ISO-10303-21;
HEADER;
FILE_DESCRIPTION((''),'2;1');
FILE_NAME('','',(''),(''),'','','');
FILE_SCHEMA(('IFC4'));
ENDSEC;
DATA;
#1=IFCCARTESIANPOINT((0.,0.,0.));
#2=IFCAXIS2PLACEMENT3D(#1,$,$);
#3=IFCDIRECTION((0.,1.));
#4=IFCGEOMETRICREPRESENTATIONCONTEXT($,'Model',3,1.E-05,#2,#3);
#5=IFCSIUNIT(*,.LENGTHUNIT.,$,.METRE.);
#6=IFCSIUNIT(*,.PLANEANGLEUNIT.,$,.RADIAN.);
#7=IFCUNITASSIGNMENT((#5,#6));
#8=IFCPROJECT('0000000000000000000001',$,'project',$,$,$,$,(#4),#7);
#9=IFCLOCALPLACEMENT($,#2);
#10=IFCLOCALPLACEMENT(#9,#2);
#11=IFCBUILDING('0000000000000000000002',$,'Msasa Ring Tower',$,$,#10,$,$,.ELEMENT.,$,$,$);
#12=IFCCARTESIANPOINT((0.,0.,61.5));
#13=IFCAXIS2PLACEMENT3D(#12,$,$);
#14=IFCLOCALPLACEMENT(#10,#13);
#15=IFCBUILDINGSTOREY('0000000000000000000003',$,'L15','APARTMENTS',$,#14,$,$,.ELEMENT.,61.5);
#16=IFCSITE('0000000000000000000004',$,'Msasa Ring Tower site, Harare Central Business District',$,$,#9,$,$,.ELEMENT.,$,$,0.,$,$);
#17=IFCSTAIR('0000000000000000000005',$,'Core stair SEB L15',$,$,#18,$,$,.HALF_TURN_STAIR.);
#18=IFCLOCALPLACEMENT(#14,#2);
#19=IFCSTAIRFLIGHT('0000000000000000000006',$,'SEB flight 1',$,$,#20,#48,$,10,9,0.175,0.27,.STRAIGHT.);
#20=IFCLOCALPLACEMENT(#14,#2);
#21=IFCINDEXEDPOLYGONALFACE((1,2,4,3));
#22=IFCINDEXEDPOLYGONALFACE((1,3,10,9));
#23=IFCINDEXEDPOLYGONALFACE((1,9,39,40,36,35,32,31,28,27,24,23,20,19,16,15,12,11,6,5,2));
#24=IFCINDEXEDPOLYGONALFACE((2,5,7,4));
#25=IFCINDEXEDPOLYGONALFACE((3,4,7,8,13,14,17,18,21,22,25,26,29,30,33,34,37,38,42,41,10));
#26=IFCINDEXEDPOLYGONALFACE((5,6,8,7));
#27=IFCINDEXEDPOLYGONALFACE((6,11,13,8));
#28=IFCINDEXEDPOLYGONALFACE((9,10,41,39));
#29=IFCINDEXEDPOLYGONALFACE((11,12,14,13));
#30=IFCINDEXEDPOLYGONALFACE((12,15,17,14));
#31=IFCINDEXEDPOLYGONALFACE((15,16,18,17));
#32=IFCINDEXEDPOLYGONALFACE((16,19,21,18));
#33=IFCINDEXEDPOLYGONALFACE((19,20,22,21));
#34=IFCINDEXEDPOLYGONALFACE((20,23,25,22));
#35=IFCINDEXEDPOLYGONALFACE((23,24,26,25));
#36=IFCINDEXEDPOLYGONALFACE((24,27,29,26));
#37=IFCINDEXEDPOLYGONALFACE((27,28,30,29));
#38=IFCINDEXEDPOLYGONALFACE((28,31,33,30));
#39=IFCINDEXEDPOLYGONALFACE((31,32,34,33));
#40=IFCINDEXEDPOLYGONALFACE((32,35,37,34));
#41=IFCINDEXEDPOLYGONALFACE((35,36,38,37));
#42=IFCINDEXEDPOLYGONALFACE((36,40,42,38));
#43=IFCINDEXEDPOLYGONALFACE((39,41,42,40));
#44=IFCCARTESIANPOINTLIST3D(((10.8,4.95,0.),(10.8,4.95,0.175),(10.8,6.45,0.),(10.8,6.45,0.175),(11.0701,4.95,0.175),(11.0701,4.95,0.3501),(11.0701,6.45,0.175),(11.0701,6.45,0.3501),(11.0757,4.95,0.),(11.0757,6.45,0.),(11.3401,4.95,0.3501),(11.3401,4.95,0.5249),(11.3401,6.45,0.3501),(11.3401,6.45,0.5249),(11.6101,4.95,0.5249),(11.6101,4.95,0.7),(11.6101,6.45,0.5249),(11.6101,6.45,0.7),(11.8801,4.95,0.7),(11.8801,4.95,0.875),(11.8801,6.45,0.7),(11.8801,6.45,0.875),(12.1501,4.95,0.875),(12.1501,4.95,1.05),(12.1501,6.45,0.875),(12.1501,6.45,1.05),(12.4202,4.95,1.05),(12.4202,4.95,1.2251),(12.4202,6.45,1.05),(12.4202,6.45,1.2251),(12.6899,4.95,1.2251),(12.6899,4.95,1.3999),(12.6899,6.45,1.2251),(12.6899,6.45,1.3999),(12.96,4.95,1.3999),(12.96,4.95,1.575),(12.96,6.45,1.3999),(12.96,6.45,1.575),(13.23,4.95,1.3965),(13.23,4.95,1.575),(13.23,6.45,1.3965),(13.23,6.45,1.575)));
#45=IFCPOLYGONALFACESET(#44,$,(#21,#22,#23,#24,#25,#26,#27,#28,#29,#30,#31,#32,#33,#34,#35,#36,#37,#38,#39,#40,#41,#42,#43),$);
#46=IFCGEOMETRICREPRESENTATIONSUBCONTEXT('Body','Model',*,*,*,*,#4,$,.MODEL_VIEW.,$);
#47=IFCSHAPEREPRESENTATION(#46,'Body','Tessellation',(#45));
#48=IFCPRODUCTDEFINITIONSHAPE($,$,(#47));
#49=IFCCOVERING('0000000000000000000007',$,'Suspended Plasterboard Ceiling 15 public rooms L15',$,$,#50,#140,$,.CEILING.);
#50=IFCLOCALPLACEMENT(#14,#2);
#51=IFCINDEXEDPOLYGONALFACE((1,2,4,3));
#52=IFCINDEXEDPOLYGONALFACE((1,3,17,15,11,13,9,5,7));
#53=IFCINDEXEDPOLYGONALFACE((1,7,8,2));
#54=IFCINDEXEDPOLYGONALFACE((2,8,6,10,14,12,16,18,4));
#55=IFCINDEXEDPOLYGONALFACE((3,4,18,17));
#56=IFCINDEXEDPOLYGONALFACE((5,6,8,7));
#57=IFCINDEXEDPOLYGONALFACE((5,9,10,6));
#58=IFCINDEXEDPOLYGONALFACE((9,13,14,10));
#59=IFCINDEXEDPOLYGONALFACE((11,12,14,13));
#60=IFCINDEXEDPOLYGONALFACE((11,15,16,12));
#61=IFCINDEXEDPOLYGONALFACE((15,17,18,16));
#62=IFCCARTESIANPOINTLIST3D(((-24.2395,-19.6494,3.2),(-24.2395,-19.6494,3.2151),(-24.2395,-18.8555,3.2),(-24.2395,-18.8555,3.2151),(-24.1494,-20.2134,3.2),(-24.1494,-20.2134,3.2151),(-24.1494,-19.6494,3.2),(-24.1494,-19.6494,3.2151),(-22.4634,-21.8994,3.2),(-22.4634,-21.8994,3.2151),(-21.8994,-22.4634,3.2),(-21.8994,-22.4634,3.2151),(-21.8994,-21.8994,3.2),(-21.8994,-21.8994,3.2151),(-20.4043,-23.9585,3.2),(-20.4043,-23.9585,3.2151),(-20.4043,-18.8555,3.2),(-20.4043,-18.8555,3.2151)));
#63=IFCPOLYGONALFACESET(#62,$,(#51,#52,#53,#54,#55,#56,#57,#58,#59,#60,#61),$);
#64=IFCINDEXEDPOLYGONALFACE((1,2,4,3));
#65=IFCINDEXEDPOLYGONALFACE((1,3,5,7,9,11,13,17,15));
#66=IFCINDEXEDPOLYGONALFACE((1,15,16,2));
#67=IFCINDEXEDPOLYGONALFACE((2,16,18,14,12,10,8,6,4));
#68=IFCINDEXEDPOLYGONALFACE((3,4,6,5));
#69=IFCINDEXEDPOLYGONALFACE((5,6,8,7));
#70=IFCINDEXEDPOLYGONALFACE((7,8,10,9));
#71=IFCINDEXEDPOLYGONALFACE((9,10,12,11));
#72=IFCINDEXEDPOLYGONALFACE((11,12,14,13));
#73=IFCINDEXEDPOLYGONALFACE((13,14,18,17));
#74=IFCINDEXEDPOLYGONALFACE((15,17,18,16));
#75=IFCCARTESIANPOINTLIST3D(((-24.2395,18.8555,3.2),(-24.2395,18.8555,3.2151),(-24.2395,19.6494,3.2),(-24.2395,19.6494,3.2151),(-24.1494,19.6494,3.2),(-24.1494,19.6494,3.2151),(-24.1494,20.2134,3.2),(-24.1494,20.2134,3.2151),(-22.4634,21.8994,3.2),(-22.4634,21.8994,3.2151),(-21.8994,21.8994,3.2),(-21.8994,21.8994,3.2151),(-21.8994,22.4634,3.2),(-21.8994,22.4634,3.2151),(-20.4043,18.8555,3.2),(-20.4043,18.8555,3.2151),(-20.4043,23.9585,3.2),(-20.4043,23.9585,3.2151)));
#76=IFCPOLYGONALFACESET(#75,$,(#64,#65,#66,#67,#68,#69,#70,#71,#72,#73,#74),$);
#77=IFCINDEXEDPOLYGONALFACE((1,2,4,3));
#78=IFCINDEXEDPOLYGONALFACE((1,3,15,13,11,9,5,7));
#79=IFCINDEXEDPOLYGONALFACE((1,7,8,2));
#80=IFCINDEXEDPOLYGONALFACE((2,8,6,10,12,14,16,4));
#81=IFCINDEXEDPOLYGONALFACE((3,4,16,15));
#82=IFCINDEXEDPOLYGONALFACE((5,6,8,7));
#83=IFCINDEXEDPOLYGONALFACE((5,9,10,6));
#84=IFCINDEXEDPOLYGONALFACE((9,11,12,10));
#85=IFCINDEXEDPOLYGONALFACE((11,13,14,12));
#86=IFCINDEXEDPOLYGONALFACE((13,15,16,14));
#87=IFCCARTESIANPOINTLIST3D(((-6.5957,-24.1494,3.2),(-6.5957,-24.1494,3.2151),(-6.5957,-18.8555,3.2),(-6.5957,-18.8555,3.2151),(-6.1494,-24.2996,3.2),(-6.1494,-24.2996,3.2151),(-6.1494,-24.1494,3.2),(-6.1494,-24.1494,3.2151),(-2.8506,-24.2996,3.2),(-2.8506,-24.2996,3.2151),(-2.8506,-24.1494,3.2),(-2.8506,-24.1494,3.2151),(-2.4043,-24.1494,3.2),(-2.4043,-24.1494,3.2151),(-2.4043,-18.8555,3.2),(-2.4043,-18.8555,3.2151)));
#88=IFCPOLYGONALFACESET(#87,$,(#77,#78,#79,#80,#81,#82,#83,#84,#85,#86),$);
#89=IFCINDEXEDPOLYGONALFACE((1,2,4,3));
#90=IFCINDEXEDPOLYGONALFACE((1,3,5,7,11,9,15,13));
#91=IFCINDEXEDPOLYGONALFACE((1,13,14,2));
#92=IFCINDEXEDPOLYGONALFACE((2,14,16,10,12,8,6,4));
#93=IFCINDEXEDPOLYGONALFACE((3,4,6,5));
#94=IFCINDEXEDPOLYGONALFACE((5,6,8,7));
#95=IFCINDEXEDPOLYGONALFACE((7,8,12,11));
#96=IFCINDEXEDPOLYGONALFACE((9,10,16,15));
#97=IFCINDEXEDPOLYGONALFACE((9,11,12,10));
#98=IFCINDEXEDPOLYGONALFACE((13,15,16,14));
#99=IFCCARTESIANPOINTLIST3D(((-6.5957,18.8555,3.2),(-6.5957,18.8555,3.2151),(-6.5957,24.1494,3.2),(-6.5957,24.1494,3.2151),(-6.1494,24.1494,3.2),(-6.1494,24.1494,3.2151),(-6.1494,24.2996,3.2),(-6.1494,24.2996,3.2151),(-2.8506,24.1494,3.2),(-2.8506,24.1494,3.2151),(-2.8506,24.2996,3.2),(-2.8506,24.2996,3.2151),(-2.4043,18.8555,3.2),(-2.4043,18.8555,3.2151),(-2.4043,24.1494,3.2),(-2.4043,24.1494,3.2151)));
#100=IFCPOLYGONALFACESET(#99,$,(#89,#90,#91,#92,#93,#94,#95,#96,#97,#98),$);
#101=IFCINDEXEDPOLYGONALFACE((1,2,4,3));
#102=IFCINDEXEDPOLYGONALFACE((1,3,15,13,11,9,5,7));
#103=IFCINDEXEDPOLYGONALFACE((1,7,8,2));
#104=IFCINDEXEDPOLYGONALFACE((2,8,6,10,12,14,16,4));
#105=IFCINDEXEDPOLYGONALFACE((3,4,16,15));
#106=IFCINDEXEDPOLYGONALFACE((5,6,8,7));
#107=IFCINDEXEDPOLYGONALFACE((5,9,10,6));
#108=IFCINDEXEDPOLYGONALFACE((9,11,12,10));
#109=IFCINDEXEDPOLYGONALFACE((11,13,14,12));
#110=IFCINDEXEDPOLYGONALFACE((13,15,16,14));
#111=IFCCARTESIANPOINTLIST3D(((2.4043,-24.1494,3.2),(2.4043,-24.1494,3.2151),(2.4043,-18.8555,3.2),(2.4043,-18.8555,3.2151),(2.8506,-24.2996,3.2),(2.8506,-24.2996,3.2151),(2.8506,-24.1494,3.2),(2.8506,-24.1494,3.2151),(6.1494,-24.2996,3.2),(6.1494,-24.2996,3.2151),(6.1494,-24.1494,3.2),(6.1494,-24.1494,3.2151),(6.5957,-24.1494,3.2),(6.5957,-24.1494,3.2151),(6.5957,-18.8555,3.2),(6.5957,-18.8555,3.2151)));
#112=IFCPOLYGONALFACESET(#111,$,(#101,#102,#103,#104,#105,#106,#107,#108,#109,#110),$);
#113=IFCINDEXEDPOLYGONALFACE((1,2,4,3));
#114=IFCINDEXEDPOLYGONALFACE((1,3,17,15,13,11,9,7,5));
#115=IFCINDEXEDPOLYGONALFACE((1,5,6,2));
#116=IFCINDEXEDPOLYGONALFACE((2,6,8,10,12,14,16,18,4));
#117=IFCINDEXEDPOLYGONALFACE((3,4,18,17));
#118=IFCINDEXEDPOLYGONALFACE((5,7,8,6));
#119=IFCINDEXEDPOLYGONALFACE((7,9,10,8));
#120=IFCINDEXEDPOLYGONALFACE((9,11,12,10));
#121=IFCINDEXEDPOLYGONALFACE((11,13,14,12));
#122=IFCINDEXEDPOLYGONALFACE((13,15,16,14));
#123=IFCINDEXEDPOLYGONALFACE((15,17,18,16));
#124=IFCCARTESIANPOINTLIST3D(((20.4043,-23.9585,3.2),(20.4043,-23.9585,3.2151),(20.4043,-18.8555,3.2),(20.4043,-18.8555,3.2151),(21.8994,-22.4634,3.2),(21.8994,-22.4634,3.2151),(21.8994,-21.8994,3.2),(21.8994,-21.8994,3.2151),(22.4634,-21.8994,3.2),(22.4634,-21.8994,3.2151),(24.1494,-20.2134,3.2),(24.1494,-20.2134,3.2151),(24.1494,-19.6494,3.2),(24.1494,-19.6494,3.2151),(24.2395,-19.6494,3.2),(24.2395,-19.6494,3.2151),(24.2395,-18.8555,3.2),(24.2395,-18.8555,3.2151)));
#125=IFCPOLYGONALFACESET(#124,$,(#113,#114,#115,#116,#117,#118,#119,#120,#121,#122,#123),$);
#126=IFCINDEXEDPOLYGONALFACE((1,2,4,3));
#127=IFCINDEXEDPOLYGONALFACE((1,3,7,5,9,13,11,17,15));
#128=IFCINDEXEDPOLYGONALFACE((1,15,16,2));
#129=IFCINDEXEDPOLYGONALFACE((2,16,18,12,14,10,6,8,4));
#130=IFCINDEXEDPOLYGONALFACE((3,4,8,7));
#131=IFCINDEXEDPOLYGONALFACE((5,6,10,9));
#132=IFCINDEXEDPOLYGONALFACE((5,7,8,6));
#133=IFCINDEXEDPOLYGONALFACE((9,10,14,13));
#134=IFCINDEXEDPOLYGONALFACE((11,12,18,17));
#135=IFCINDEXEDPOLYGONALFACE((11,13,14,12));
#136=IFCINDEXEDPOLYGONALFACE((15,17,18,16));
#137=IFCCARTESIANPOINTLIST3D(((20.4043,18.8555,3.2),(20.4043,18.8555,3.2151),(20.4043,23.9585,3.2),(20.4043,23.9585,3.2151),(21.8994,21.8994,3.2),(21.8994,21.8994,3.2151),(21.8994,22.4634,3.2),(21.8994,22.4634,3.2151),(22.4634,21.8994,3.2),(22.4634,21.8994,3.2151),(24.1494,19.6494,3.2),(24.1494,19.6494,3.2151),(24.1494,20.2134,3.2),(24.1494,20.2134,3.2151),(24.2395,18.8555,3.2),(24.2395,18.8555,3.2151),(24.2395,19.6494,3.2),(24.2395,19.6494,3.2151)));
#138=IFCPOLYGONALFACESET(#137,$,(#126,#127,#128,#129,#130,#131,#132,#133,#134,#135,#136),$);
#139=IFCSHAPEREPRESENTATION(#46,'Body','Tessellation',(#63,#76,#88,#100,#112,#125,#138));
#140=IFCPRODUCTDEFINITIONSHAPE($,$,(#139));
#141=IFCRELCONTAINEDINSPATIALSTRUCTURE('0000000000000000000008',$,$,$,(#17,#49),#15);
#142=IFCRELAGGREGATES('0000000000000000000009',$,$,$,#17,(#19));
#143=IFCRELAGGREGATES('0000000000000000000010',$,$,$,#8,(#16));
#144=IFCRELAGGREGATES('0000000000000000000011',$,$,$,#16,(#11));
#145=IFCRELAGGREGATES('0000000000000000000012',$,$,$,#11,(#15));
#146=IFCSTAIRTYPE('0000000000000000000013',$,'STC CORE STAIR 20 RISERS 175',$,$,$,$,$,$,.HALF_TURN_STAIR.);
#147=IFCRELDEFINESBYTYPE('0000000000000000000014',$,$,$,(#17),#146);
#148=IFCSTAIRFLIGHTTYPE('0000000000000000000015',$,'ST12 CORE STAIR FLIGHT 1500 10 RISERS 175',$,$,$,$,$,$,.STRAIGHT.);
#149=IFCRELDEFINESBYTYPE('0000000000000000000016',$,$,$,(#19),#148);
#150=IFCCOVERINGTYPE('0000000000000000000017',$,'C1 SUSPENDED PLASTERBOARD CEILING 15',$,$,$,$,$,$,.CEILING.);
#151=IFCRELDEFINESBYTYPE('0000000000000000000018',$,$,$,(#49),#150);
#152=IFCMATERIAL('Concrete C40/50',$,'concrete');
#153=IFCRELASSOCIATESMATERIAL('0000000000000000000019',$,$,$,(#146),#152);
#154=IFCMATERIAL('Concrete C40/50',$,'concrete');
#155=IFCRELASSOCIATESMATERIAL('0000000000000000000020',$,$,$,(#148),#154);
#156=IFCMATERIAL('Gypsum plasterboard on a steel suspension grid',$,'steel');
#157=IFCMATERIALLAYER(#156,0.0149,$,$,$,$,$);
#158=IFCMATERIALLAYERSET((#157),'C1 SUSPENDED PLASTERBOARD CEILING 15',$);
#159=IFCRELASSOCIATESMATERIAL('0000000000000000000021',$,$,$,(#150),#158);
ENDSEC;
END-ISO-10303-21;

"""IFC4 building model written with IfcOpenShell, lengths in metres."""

from ifc_helpers import new_model, si_unit, direction, frame, origin, place, context, subcontext, project, spatial, polyline, line, indexed_curve, outline, extrude, material, layer, layer_set, type_object, element, aggregate, save


model = new_model("IFC4")

# Units and contexts
model_context = context("Model", 3, precision=1e-05, world=origin(), true_north=direction((0.0, 1.0)))
body_context = subcontext(model_context, "Body", "Model", "MODEL_VIEW")
ifc_project = project(units=[si_unit("LENGTHUNIT", "METRE"), si_unit("PLANEANGLEUNIT", "RADIAN")], contexts=[model_context])

# Site, building, storey
site_placement = place(None, origin())
site = spatial("IfcSite", under=ifc_project, at=site_placement, Name="Msasa Ring Tower site, Harare Central Business District", CompositionType="ELEMENT", RefElevation=0.0)
building_placement = place(site_placement, origin())
building = spatial("IfcBuilding", under=site, at=building_placement, Name="Msasa Ring Tower", CompositionType="ELEMENT")
storey_placement = place(building_placement, frame((0.0, 0.0, 61.5)))
storey = spatial("IfcBuildingStorey", under=building, at=storey_placement, Name="L15", Description="APARTMENTS", CompositionType="ELEMENT", Elevation=61.5)

# Shared definitions
ifc_material_1 = material(Name="Concrete C40/50", Category="concrete")
stair_type = type_object("IfcStairType", Name="STC CORE STAIR 20 RISERS 175", PredefinedType="HALF_TURN_STAIR", material=ifc_material_1)

# Stair, stair flight
stair_1_placement = place(storey_placement, origin())
stair_1 = element("IfcStair", 1, at=stair_1_placement, inside=storey, type_object=stair_type, Name="Core stair SEB L15", PredefinedType="HALF_TURN_STAIR")
ifc_material_2 = material(Name="Concrete C40/50", Category="concrete")
stair_flight_type = type_object("IfcStairFlightType", Name="ST12 CORE STAIR FLIGHT 1500 10 RISERS 175", PredefinedType="STRAIGHT", material=ifc_material_2)
stair_flight_placement = place(storey_placement, frame((10.8, 5.7, 0.0), z_axis=(0.0, 0.0, 1.0), x_axis=(1.0, 0.0, 0.0)))
stair_flight = element("IfcStairFlight", 2, at=stair_flight_placement, type_object=stair_flight_type, Name="SEB flight 1", NumberOfRisers=10, NumberOfTreads=9, PredefinedType="STRAIGHT", RiserHeight=0.175, TreadLength=0.27, context=body_context, shape_type="SweptSolid", body=[
    extrude(outline(polyline([(0.0, 0.0), (0.0, 0.175), (0.27, 0.175), (0.27, 0.3501), (0.54, 0.3501), (0.54, 0.5249), (0.8101, 0.5249), (0.8101, 0.7), (1.0801, 0.7), (1.0801, 0.875), (1.3501, 0.875), (1.3501, 1.05), (1.6201, 1.05), (1.6201, 1.2251), (1.8899, 1.2251), (1.8899, 1.3999), (2.1599, 1.3999), (2.1599, 1.575), (2.4299, 1.575), (2.4299, 1.75), (2.4299, 1.3965), (0.2756, 0.0), (0.0, 0.0)])), frame((0.0, 0.75, 0.0), z_axis=(0.0, -1.0, 0.0), x_axis=(1.0, 0.0, 0.0)), (0.0, 0.0, 1.0), 1.5),
])
aggregate(stair_1, [stair_flight])

# Covering
ifc_material_3 = material(Name="Gypsum plasterboard on a steel suspension grid", Category="steel")
ifc_layer_1 = layer(ifc_material_3, 0.0149)
ifc_layer_set_1 = layer_set([ifc_layer_1], Name="C1 SUSPENDED PLASTERBOARD CEILING 15")
covering_type_1 = type_object("IfcCoveringType", Name="C1 SUSPENDED PLASTERBOARD CEILING 15", PredefinedType="CEILING", material=ifc_layer_set_1)
covering_1_placement = place(storey_placement, frame((0.0, 0.0, 3.2)))
element("IfcCovering", 3, at=covering_1_placement, inside=storey, type_object=covering_type_1, Name="Suspended Plasterboard Ceiling 15 public rooms L15", PredefinedType="CEILING", context=body_context, shape_type="SweptSolid", body=[
    extrude(outline(indexed_curve([(-24.2395, -18.8555), (-20.4043, -18.8555), (-20.4043, -23.9585), (-21.8994, -22.4634), (-21.8994, -21.8994), (-22.4634, -21.8994), (-24.1494, -20.2134), (-24.1494, -19.6494), (-24.2395, -19.6494)], segments=[line(1, 2, 3, 4, 5, 6, 7, 8, 9, 1)], self_intersect=False)), origin(), (0.0, 0.0, 1.0), 0.0151),
    extrude(outline(indexed_curve([(-24.2395, 18.8555), (-24.2395, 19.6494), (-24.1494, 19.6494), (-24.1494, 20.2134), (-22.4634, 21.8994), (-21.8994, 21.8994), (-21.8994, 22.4634), (-20.4043, 23.9585), (-20.4043, 18.8555)], segments=[line(1, 2, 3, 4, 5, 6, 7, 8, 9, 1)], self_intersect=False)), origin(), (0.0, 0.0, 1.0), 0.0151),
    extrude(outline(indexed_curve([(-6.1494, -24.2996), (-6.1494, -24.1494), (-6.5957, -24.1494), (-6.5957, -18.8555), (-2.4043, -18.8555), (-2.4043, -24.1494), (-2.8506, -24.1494), (-2.8506, -24.2996)], segments=[line(1, 2, 3, 4, 5, 6, 7, 8, 1)], self_intersect=False)), origin(), (0.0, 0.0, 1.0), 0.0151),
    extrude(outline(indexed_curve([(-6.5957, 18.8555), (-6.5957, 24.1494), (-6.1494, 24.1494), (-6.1494, 24.2996), (-2.8506, 24.2996), (-2.8506, 24.1494), (-2.4043, 24.1494), (-2.4043, 18.8555)], segments=[line(1, 2, 3, 4, 5, 6, 7, 8, 1)], self_intersect=False)), origin(), (0.0, 0.0, 1.0), 0.0151),
    extrude(outline(indexed_curve([(6.5957, -18.8555), (6.5957, -24.1494), (6.1494, -24.1494), (6.1494, -24.2996), (2.8506, -24.2996), (2.8506, -24.1494), (2.4043, -24.1494), (2.4043, -18.8555)], segments=[line(1, 2, 3, 4, 5, 6, 7, 8, 1)], self_intersect=False)), origin(), (0.0, 0.0, 1.0), 0.0151),
    extrude(outline(indexed_curve([(24.2395, -18.8555), (24.2395, -19.6494), (24.1494, -19.6494), (24.1494, -20.2134), (22.4634, -21.8994), (21.8994, -21.8994), (21.8994, -22.4634), (20.4043, -23.9585), (20.4043, -18.8555)], segments=[line(1, 2, 3, 4, 5, 6, 7, 8, 9, 1)], self_intersect=False)), origin(), (0.0, 0.0, 1.0), 0.0151),
    extrude(outline(indexed_curve([(24.2395, 18.8555), (20.4043, 18.8555), (20.4043, 23.9585), (21.8994, 22.4634), (21.8994, 21.8994), (22.4634, 21.8994), (24.1494, 20.2134), (24.1494, 19.6494), (24.2395, 19.6494)], segments=[line(1, 2, 3, 4, 5, 6, 7, 8, 9, 1)], self_intersect=False)), origin(), (0.0, 0.0, 1.0), 0.0151),
])

save(model, "model.ifc")
